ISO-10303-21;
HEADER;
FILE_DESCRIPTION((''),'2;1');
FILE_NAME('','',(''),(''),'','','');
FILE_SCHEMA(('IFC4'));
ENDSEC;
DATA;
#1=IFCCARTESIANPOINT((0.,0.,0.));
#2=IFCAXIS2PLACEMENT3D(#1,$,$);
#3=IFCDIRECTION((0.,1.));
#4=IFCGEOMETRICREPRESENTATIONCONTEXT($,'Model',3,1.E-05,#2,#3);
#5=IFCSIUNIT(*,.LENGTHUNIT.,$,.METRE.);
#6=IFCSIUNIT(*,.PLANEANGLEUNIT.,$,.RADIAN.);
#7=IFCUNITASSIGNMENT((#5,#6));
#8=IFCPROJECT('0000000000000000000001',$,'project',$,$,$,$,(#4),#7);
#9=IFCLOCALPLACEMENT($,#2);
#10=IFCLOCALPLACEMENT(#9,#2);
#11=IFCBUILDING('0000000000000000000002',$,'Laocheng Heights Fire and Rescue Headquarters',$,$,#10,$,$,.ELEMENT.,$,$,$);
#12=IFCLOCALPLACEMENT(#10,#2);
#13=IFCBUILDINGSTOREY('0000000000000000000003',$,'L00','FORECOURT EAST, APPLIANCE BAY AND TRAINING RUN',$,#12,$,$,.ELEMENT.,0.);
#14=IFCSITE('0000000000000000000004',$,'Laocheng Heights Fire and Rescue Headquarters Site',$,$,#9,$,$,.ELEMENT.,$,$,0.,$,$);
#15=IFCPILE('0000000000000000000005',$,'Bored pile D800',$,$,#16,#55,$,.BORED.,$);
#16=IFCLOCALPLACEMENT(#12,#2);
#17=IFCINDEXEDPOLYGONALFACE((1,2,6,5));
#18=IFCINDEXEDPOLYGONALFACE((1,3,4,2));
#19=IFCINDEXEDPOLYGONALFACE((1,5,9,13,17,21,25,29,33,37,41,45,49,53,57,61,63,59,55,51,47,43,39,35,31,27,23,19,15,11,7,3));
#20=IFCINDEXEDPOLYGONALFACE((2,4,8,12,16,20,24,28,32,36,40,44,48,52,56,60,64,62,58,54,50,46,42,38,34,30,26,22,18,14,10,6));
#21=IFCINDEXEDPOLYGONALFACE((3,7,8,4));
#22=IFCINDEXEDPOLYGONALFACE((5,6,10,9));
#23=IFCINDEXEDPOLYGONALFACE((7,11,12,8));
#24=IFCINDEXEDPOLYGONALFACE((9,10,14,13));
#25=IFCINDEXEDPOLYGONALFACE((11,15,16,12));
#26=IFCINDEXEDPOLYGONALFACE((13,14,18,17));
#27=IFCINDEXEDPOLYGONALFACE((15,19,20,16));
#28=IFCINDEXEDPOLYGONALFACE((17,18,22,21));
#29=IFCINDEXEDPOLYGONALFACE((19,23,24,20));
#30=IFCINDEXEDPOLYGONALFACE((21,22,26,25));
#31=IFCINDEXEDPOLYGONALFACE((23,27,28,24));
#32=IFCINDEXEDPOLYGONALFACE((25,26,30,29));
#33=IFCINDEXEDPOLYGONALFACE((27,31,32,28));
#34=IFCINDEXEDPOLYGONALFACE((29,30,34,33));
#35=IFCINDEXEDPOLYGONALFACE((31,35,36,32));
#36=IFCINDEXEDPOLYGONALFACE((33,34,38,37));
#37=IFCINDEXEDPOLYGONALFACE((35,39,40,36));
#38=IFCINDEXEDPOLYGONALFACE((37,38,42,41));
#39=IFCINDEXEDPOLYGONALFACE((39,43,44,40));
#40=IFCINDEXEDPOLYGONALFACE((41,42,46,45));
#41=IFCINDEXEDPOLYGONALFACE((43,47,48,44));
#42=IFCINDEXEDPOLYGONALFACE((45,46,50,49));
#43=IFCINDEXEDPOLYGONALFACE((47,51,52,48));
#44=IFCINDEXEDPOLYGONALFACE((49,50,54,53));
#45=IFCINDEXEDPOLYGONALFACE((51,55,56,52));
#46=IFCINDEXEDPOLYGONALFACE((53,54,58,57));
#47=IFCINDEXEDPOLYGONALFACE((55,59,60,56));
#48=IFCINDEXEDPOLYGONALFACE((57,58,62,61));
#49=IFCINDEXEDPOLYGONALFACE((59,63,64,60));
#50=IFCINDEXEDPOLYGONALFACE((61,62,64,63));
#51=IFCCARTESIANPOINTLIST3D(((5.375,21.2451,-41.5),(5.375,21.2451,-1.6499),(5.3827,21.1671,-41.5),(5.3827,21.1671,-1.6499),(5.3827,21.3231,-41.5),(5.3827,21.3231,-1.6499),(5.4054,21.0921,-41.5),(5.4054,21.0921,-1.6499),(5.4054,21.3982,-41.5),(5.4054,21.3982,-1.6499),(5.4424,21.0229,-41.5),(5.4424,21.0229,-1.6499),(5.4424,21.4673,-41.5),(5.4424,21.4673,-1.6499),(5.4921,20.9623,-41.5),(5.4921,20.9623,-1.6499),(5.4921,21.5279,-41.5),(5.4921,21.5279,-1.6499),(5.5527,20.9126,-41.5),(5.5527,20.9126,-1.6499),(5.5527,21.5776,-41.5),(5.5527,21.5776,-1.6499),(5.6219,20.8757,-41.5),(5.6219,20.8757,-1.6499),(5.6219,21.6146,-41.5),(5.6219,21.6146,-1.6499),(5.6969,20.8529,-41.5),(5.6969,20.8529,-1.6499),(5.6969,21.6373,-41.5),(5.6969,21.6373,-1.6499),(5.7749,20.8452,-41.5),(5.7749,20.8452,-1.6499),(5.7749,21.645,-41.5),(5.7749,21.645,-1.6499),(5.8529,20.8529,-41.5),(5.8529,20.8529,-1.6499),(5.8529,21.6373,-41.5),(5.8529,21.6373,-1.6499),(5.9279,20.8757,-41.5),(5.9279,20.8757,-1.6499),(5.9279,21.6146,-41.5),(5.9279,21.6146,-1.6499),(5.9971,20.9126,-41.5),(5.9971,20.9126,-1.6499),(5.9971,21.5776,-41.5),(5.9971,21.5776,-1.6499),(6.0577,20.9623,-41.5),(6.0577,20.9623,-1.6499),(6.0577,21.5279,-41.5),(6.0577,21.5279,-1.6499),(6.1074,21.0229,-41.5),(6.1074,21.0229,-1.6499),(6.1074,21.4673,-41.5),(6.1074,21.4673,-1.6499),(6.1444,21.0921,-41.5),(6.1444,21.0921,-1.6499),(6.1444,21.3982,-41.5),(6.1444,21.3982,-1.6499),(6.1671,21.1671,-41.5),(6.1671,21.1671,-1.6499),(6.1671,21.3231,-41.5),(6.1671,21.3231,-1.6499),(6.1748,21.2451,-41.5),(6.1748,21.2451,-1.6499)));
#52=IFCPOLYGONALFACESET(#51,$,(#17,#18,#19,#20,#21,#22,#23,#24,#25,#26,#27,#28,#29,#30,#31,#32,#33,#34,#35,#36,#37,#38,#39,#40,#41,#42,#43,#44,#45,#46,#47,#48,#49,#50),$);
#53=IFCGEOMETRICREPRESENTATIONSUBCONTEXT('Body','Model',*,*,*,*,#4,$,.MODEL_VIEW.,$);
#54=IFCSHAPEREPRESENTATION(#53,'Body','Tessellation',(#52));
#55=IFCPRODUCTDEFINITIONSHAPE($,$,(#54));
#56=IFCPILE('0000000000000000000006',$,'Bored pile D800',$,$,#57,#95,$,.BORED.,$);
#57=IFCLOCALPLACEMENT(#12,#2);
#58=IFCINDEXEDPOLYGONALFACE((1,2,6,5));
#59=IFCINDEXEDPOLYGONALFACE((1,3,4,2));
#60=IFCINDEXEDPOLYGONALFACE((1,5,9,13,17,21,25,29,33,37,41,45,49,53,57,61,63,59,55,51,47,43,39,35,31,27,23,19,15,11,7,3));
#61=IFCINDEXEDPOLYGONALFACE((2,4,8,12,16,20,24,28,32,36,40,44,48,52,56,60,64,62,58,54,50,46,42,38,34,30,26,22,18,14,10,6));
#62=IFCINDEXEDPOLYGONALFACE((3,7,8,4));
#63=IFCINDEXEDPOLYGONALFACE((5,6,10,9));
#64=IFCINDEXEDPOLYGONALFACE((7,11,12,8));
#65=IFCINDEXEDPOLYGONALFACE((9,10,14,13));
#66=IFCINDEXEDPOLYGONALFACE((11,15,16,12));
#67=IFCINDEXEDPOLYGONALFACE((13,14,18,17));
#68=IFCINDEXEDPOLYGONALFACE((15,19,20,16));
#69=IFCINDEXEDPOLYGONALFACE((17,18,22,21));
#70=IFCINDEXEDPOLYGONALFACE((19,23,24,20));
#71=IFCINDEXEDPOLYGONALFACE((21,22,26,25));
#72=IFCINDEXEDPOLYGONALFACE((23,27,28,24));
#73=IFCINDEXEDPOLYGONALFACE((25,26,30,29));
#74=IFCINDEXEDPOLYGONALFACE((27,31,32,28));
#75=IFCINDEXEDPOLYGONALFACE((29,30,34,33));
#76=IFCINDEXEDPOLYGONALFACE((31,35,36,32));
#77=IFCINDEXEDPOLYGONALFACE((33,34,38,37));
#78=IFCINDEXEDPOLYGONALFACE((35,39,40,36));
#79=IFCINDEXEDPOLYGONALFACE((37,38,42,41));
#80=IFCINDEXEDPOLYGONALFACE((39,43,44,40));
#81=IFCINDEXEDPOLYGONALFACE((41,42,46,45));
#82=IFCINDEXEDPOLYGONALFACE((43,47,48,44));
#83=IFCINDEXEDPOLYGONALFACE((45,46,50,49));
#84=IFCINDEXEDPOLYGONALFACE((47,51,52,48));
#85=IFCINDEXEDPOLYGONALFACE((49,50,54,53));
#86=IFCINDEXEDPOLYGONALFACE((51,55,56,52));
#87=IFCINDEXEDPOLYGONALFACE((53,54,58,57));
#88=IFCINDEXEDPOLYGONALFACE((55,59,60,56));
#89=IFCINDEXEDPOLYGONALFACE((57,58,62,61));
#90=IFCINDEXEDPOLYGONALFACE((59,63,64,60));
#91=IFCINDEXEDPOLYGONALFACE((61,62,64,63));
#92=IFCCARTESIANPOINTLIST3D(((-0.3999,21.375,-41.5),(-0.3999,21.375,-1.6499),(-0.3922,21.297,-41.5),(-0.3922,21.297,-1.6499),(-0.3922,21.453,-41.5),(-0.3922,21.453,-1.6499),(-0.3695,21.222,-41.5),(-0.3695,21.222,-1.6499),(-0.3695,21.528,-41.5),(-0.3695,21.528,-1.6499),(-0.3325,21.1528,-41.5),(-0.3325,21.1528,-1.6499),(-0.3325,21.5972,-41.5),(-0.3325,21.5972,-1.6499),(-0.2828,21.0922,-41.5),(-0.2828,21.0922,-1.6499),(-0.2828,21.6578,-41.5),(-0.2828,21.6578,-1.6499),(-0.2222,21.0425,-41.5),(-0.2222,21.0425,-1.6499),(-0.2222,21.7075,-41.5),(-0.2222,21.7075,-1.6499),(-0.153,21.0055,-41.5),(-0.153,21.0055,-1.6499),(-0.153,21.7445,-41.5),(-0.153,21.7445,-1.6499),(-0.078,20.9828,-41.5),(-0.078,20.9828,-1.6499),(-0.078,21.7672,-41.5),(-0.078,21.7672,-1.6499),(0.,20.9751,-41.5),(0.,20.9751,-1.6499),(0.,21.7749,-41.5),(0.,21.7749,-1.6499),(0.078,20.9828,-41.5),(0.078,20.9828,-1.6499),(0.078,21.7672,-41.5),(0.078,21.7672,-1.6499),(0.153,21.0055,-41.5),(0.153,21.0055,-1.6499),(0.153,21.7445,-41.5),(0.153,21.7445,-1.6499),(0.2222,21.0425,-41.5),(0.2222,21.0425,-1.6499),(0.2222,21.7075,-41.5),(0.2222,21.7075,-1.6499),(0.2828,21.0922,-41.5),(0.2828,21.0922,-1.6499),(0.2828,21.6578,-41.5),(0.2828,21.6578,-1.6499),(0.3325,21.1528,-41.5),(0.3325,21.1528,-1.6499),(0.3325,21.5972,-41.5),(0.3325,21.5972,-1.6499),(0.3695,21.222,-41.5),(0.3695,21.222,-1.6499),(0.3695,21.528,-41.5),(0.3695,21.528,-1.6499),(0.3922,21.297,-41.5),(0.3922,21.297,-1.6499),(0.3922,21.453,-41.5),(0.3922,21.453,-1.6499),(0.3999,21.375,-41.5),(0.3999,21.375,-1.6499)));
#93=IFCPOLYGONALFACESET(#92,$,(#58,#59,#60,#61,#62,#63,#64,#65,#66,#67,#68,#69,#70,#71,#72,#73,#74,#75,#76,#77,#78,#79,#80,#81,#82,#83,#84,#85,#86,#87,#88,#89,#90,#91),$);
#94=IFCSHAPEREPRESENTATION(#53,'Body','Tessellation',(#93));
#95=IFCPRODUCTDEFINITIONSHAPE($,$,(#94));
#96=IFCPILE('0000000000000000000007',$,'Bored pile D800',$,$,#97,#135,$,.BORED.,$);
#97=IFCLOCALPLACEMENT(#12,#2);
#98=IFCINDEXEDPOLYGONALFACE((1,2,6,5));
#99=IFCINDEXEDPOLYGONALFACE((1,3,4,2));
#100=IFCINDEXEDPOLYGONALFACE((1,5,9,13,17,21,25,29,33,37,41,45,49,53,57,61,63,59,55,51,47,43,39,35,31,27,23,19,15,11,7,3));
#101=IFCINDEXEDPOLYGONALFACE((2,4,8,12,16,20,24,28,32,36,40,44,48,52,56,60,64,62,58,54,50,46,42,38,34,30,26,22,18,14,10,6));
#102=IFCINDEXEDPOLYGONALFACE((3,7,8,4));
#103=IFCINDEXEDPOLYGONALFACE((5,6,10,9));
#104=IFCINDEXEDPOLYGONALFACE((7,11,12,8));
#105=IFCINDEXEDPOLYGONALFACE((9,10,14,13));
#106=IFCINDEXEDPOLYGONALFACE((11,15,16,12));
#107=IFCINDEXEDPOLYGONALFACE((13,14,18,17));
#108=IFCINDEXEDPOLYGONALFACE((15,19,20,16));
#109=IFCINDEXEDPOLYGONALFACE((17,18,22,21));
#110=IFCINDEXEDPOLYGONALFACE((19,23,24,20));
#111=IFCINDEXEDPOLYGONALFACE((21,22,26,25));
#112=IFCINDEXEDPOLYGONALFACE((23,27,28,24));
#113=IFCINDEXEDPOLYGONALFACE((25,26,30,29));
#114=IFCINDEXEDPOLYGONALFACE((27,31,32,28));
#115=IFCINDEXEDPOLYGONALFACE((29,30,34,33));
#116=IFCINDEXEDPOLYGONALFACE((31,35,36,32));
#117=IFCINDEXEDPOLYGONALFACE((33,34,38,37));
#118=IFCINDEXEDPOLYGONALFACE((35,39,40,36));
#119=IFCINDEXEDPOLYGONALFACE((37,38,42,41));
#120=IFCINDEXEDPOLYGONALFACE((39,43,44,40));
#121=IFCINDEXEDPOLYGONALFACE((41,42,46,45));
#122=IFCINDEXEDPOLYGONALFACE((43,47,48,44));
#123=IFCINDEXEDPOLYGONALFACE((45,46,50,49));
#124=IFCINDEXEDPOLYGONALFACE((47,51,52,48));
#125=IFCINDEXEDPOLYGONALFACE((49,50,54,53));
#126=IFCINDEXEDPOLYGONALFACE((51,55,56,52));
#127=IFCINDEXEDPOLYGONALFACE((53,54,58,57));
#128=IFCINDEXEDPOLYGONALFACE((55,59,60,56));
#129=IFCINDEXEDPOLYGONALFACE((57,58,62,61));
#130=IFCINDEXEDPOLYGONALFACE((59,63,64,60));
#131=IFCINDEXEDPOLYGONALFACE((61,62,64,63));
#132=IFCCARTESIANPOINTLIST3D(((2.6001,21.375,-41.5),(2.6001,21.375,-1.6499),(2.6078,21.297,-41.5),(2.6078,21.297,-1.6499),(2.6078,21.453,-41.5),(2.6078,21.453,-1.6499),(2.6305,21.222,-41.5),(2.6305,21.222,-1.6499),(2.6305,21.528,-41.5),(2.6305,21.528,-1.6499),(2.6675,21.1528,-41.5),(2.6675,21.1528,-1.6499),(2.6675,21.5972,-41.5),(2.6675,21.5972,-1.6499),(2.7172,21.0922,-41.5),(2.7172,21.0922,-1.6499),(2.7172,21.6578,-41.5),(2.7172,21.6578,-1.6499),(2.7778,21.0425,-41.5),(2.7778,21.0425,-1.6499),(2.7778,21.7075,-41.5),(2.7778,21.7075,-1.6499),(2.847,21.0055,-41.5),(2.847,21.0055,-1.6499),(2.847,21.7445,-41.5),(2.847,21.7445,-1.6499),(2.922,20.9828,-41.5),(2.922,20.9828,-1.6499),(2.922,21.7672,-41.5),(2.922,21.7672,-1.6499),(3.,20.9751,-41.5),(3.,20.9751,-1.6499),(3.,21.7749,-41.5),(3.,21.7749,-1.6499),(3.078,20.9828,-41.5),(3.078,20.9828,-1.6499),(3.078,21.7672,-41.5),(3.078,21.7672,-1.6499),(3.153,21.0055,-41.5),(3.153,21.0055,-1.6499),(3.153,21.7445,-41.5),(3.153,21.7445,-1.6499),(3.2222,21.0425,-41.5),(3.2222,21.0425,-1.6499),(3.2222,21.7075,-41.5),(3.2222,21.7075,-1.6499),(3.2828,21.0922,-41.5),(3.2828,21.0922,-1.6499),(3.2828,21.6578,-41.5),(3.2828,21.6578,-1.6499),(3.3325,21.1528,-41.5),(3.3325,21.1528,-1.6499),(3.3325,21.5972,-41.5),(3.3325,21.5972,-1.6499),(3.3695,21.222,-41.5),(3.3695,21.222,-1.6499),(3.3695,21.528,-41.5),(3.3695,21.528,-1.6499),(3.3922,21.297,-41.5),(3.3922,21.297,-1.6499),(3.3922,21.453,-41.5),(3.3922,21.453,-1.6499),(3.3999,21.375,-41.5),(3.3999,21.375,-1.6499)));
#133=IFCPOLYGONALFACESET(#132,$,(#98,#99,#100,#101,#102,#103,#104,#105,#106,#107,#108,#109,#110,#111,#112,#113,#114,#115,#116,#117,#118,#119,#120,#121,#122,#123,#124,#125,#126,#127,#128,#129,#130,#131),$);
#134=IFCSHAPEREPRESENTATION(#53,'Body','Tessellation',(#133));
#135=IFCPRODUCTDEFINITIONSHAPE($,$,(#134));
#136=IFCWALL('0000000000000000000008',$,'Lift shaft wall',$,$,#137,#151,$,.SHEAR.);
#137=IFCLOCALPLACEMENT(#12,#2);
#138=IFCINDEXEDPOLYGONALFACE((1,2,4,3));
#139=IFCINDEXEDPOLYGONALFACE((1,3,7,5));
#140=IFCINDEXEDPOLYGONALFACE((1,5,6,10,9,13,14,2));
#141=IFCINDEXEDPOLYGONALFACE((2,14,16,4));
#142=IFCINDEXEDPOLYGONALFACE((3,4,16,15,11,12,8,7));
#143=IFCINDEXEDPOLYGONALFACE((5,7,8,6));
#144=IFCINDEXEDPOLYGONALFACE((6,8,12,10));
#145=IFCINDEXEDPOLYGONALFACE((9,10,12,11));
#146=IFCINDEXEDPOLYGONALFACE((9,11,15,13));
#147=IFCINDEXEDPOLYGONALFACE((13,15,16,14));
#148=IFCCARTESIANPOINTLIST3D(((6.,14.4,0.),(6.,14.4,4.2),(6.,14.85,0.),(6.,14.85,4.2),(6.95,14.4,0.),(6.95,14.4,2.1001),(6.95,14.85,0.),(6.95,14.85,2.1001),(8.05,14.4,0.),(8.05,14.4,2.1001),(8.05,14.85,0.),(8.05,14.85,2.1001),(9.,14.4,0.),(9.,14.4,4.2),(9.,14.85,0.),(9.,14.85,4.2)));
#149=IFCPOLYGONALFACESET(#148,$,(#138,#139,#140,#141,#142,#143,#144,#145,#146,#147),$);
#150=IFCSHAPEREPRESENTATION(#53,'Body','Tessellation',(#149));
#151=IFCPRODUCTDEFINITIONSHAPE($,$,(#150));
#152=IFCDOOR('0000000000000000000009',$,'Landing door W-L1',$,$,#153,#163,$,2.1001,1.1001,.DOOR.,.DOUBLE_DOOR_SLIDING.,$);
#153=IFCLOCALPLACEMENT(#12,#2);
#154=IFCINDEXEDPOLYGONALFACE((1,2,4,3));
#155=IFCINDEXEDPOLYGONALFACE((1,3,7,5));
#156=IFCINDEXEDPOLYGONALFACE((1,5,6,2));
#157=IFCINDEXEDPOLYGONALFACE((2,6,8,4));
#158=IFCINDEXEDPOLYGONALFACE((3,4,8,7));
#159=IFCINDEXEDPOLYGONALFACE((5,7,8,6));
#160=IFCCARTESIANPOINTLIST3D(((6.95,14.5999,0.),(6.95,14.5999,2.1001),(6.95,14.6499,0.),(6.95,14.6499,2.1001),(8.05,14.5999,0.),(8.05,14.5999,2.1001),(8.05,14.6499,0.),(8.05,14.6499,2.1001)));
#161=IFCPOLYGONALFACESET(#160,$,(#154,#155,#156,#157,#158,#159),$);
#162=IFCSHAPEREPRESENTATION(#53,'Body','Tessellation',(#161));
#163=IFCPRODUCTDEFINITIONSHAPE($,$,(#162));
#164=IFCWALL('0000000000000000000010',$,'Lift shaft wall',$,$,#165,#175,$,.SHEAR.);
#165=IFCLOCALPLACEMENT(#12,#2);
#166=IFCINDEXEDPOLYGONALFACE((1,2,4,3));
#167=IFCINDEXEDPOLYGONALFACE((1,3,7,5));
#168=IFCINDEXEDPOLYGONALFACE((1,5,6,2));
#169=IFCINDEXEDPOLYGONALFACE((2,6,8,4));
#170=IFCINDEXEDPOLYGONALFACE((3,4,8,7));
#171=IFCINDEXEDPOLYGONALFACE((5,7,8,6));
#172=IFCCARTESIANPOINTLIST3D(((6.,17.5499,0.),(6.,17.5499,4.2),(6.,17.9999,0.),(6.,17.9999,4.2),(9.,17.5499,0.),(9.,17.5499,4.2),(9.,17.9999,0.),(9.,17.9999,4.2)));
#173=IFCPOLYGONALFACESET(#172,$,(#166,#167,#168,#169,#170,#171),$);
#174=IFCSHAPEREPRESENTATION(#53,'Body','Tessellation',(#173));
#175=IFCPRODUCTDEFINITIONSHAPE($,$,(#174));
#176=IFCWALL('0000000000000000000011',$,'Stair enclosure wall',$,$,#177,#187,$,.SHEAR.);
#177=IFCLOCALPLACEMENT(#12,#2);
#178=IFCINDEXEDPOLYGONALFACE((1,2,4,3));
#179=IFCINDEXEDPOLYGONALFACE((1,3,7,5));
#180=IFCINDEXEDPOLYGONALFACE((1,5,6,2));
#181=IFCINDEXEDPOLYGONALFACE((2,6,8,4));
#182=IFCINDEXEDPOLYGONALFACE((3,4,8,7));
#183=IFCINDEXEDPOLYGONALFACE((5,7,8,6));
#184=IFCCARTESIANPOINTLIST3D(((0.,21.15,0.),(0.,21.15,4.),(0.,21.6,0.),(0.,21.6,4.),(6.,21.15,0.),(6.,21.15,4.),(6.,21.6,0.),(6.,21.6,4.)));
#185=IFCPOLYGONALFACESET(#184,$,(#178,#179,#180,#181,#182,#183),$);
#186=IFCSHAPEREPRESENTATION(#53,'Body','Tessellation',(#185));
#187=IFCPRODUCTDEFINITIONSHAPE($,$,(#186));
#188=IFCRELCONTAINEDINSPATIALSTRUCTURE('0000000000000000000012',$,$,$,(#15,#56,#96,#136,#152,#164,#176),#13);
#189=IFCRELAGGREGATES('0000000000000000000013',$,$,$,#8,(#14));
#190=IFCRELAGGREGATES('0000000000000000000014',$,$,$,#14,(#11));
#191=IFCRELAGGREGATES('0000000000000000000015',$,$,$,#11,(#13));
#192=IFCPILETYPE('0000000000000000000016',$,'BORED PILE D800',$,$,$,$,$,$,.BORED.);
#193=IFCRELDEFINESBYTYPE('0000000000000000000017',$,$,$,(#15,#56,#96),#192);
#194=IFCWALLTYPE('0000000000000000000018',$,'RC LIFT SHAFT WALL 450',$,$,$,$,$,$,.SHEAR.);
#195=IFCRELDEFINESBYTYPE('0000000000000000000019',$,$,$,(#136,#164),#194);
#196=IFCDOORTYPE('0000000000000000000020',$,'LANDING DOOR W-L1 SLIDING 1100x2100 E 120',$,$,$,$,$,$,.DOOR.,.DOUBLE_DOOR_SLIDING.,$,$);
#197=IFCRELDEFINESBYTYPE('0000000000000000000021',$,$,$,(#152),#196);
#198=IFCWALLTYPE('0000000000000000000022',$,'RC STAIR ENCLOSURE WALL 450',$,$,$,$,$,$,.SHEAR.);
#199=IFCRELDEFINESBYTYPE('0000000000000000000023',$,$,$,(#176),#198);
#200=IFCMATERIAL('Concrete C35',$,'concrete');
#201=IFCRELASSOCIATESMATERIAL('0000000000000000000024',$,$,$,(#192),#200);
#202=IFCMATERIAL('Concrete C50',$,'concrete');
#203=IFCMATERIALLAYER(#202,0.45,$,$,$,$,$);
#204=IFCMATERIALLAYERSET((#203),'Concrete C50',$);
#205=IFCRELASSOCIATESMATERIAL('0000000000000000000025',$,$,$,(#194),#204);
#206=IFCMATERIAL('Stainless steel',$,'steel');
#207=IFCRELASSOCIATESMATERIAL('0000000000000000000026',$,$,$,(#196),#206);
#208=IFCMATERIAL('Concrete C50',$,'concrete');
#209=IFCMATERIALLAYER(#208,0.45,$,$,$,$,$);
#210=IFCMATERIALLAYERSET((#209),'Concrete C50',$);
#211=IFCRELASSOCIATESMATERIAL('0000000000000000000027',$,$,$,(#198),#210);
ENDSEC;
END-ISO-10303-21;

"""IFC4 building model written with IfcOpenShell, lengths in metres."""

from ifc_helpers import new_model, si_unit, direction, frame, frame_2d, origin, origin_2d, place, context, subcontext, project, spatial, rectangle, circle, extrude, material, layer, layer_set, material_profile, profile_set, type_object, element, fill, save


model = new_model("IFC4")

# Units and contexts
model_context = context("Model", 3, precision=1e-05, world=origin(), true_north=direction((0.0, 1.0)))
body_context = subcontext(model_context, "Body", "Model", "MODEL_VIEW")
ifc_project = project(units=[si_unit("LENGTHUNIT", "METRE"), si_unit("PLANEANGLEUNIT", "RADIAN")], contexts=[model_context])

# Site, building, storey
site_placement = place(None, origin())
site = spatial("IfcSite", under=ifc_project, at=site_placement, Name="Laocheng Heights Fire and Rescue Headquarters Site", CompositionType="ELEMENT", RefElevation=0.0)
building_placement = place(site_placement, origin())
building = spatial("IfcBuilding", under=site, at=building_placement, Name="Laocheng Heights Fire and Rescue Headquarters", CompositionType="ELEMENT")
storey_placement = place(building_placement, origin())
storey = spatial("IfcBuildingStorey", under=building, at=storey_placement, Name="L00", Description="FORECOURT EAST, APPLIANCE BAY AND TRAINING RUN", CompositionType="ELEMENT", Elevation=0.0)

# Piles
ifc_material_1 = material(Name="Concrete C35", Category="concrete")
ifc_material_profile = material_profile(ifc_material_1, circle(Radius=0.3999, at=origin_2d()), Name="BORED PILE D800")
ifc_profile_set = profile_set([ifc_material_profile], Name="Concrete C35")
pile_type = type_object("IfcPileType", Name="BORED PILE D800", PredefinedType="BORED", material=ifc_profile_set)
for number, where, z_axis, x_axis, name in (
    (1, (5.7749, 21.2451, -1.6499), (0.0, 0.0, -1.0), (1.0, 0.0, 0.0), "Bored pile D800"),
    (2, (0.0, 21.375, -1.6499), (0.0, 0.0, -1.0), (1.0, 0.0, 0.0), "Bored pile D800"),
    (3, (3.0, 21.375, -1.6499), (0.0, 0.0, -1.0), (1.0, 0.0, 0.0), "Bored pile D800"),
):
    element("IfcPile", number, at=place(storey_placement, frame(where, z_axis=z_axis, x_axis=x_axis)), inside=storey, type_object=pile_type, Name=name, PredefinedType="BORED", context=body_context, shape_type="SweptSolid", body=[
        extrude(circle(Radius=0.3999, at=origin_2d()), origin(), (0.0, 0.0, 1.0), 39.8501),
    ])

# Wall, opening, door
ifc_material_2 = material(Name="Concrete C50", Category="concrete")
ifc_layer_1 = layer(ifc_material_2, 0.45)
ifc_layer_set_1 = layer_set([ifc_layer_1], Name="Concrete C50")
wall_type_1 = type_object("IfcWallType", Name="RC LIFT SHAFT WALL 450", PredefinedType="SHEAR", material=ifc_layer_set_1)
wall_1_placement = place(storey_placement, frame((6.0, 14.625, 0.0), z_axis=(0.0, 0.0, 1.0), x_axis=(1.0, 0.0, 0.0)))
wall_1 = element("IfcWall", 4, at=wall_1_placement, inside=storey, type_object=wall_type_1, Name="Lift shaft wall", PredefinedType="SHEAR", context=body_context, shape_type="SweptSolid", body=[
    extrude(rectangle(XDim=3.0, YDim=0.45, at=frame_2d((1.5, 0.0))), origin(), (0.0, 0.0, 1.0), 4.2),
])
opening_1_placement = place(wall_1_placement, frame((0.95, 0.0, 0.0)))
opening_1 = element("IfcOpeningElement", 5, at=opening_1_placement, cuts=wall_1, PredefinedType="OPENING", context=body_context, shape_type="SweptSolid", body=[
    extrude(rectangle(XDim=1.1001, YDim=2.1001, at=frame_2d((0.55, 1.05))), frame((0.0, 0.2349, 0.0), z_axis=(0.0, -1.0, 0.0), x_axis=(1.0, 0.0, 0.0)), (0.0, 0.0, 1.0), 0.47),
])
ifc_material_3 = material(Name="Stainless steel", Category="steel")
door_type_1 = type_object("IfcDoorType", Name="LANDING DOOR W-L1 SLIDING 1100x2100 E 120", OperationType="DOUBLE_DOOR_SLIDING", PredefinedType="DOOR", material=ifc_material_3)
door_1_placement = place(opening_1_placement, origin())
door_1 = element("IfcDoor", 6, at=door_1_placement, inside=storey, type_object=door_type_1, Name="Landing door W-L1", OperationType="DOUBLE_DOOR_SLIDING", OverallHeight=2.1001, OverallWidth=1.1001, PredefinedType="DOOR", context=body_context, shape_type="SweptSolid", body=[
    extrude(rectangle(XDim=1.1001, YDim=2.1001, at=frame_2d((0.55, 1.05))), frame((0.0, 0.0249, 0.0), z_axis=(0.0, -1.0, 0.0), x_axis=(1.0, 0.0, 0.0)), (0.0, 0.0, 1.0), 0.05),
])
fill(opening_1, door_1)

# Walls
wall_2_placement = place(storey_placement, frame((6.0, 17.7749, 0.0), z_axis=(0.0, 0.0, 1.0), x_axis=(1.0, 0.0, 0.0)))
element("IfcWall", 7, at=wall_2_placement, inside=storey, type_object=wall_type_1, Name="Lift shaft wall", PredefinedType="SHEAR", context=body_context, shape_type="SweptSolid", body=[
    extrude(rectangle(XDim=3.0, YDim=0.45, at=frame_2d((1.5, 0.0))), origin(), (0.0, 0.0, 1.0), 4.2),
])
ifc_material_4 = material(Name="Concrete C50", Category="concrete")
ifc_layer_2 = layer(ifc_material_4, 0.45)
ifc_layer_set_2 = layer_set([ifc_layer_2], Name="Concrete C50")
wall_type_2 = type_object("IfcWallType", Name="RC STAIR ENCLOSURE WALL 450", PredefinedType="SHEAR", material=ifc_layer_set_2)
wall_3_placement = place(storey_placement, frame((0.0, 21.375, 0.0), z_axis=(0.0, 0.0, 1.0), x_axis=(1.0, 0.0, 0.0)))
element("IfcWall", 8, at=wall_3_placement, inside=storey, type_object=wall_type_2, Name="Stair enclosure wall", PredefinedType="SHEAR", context=body_context, shape_type="SweptSolid", body=[
    extrude(rectangle(XDim=6.0, YDim=0.45, at=frame_2d((3.0, 0.0))), origin(), (0.0, 0.0, 1.0), 4.0),
])

save(model, "model.ifc")
